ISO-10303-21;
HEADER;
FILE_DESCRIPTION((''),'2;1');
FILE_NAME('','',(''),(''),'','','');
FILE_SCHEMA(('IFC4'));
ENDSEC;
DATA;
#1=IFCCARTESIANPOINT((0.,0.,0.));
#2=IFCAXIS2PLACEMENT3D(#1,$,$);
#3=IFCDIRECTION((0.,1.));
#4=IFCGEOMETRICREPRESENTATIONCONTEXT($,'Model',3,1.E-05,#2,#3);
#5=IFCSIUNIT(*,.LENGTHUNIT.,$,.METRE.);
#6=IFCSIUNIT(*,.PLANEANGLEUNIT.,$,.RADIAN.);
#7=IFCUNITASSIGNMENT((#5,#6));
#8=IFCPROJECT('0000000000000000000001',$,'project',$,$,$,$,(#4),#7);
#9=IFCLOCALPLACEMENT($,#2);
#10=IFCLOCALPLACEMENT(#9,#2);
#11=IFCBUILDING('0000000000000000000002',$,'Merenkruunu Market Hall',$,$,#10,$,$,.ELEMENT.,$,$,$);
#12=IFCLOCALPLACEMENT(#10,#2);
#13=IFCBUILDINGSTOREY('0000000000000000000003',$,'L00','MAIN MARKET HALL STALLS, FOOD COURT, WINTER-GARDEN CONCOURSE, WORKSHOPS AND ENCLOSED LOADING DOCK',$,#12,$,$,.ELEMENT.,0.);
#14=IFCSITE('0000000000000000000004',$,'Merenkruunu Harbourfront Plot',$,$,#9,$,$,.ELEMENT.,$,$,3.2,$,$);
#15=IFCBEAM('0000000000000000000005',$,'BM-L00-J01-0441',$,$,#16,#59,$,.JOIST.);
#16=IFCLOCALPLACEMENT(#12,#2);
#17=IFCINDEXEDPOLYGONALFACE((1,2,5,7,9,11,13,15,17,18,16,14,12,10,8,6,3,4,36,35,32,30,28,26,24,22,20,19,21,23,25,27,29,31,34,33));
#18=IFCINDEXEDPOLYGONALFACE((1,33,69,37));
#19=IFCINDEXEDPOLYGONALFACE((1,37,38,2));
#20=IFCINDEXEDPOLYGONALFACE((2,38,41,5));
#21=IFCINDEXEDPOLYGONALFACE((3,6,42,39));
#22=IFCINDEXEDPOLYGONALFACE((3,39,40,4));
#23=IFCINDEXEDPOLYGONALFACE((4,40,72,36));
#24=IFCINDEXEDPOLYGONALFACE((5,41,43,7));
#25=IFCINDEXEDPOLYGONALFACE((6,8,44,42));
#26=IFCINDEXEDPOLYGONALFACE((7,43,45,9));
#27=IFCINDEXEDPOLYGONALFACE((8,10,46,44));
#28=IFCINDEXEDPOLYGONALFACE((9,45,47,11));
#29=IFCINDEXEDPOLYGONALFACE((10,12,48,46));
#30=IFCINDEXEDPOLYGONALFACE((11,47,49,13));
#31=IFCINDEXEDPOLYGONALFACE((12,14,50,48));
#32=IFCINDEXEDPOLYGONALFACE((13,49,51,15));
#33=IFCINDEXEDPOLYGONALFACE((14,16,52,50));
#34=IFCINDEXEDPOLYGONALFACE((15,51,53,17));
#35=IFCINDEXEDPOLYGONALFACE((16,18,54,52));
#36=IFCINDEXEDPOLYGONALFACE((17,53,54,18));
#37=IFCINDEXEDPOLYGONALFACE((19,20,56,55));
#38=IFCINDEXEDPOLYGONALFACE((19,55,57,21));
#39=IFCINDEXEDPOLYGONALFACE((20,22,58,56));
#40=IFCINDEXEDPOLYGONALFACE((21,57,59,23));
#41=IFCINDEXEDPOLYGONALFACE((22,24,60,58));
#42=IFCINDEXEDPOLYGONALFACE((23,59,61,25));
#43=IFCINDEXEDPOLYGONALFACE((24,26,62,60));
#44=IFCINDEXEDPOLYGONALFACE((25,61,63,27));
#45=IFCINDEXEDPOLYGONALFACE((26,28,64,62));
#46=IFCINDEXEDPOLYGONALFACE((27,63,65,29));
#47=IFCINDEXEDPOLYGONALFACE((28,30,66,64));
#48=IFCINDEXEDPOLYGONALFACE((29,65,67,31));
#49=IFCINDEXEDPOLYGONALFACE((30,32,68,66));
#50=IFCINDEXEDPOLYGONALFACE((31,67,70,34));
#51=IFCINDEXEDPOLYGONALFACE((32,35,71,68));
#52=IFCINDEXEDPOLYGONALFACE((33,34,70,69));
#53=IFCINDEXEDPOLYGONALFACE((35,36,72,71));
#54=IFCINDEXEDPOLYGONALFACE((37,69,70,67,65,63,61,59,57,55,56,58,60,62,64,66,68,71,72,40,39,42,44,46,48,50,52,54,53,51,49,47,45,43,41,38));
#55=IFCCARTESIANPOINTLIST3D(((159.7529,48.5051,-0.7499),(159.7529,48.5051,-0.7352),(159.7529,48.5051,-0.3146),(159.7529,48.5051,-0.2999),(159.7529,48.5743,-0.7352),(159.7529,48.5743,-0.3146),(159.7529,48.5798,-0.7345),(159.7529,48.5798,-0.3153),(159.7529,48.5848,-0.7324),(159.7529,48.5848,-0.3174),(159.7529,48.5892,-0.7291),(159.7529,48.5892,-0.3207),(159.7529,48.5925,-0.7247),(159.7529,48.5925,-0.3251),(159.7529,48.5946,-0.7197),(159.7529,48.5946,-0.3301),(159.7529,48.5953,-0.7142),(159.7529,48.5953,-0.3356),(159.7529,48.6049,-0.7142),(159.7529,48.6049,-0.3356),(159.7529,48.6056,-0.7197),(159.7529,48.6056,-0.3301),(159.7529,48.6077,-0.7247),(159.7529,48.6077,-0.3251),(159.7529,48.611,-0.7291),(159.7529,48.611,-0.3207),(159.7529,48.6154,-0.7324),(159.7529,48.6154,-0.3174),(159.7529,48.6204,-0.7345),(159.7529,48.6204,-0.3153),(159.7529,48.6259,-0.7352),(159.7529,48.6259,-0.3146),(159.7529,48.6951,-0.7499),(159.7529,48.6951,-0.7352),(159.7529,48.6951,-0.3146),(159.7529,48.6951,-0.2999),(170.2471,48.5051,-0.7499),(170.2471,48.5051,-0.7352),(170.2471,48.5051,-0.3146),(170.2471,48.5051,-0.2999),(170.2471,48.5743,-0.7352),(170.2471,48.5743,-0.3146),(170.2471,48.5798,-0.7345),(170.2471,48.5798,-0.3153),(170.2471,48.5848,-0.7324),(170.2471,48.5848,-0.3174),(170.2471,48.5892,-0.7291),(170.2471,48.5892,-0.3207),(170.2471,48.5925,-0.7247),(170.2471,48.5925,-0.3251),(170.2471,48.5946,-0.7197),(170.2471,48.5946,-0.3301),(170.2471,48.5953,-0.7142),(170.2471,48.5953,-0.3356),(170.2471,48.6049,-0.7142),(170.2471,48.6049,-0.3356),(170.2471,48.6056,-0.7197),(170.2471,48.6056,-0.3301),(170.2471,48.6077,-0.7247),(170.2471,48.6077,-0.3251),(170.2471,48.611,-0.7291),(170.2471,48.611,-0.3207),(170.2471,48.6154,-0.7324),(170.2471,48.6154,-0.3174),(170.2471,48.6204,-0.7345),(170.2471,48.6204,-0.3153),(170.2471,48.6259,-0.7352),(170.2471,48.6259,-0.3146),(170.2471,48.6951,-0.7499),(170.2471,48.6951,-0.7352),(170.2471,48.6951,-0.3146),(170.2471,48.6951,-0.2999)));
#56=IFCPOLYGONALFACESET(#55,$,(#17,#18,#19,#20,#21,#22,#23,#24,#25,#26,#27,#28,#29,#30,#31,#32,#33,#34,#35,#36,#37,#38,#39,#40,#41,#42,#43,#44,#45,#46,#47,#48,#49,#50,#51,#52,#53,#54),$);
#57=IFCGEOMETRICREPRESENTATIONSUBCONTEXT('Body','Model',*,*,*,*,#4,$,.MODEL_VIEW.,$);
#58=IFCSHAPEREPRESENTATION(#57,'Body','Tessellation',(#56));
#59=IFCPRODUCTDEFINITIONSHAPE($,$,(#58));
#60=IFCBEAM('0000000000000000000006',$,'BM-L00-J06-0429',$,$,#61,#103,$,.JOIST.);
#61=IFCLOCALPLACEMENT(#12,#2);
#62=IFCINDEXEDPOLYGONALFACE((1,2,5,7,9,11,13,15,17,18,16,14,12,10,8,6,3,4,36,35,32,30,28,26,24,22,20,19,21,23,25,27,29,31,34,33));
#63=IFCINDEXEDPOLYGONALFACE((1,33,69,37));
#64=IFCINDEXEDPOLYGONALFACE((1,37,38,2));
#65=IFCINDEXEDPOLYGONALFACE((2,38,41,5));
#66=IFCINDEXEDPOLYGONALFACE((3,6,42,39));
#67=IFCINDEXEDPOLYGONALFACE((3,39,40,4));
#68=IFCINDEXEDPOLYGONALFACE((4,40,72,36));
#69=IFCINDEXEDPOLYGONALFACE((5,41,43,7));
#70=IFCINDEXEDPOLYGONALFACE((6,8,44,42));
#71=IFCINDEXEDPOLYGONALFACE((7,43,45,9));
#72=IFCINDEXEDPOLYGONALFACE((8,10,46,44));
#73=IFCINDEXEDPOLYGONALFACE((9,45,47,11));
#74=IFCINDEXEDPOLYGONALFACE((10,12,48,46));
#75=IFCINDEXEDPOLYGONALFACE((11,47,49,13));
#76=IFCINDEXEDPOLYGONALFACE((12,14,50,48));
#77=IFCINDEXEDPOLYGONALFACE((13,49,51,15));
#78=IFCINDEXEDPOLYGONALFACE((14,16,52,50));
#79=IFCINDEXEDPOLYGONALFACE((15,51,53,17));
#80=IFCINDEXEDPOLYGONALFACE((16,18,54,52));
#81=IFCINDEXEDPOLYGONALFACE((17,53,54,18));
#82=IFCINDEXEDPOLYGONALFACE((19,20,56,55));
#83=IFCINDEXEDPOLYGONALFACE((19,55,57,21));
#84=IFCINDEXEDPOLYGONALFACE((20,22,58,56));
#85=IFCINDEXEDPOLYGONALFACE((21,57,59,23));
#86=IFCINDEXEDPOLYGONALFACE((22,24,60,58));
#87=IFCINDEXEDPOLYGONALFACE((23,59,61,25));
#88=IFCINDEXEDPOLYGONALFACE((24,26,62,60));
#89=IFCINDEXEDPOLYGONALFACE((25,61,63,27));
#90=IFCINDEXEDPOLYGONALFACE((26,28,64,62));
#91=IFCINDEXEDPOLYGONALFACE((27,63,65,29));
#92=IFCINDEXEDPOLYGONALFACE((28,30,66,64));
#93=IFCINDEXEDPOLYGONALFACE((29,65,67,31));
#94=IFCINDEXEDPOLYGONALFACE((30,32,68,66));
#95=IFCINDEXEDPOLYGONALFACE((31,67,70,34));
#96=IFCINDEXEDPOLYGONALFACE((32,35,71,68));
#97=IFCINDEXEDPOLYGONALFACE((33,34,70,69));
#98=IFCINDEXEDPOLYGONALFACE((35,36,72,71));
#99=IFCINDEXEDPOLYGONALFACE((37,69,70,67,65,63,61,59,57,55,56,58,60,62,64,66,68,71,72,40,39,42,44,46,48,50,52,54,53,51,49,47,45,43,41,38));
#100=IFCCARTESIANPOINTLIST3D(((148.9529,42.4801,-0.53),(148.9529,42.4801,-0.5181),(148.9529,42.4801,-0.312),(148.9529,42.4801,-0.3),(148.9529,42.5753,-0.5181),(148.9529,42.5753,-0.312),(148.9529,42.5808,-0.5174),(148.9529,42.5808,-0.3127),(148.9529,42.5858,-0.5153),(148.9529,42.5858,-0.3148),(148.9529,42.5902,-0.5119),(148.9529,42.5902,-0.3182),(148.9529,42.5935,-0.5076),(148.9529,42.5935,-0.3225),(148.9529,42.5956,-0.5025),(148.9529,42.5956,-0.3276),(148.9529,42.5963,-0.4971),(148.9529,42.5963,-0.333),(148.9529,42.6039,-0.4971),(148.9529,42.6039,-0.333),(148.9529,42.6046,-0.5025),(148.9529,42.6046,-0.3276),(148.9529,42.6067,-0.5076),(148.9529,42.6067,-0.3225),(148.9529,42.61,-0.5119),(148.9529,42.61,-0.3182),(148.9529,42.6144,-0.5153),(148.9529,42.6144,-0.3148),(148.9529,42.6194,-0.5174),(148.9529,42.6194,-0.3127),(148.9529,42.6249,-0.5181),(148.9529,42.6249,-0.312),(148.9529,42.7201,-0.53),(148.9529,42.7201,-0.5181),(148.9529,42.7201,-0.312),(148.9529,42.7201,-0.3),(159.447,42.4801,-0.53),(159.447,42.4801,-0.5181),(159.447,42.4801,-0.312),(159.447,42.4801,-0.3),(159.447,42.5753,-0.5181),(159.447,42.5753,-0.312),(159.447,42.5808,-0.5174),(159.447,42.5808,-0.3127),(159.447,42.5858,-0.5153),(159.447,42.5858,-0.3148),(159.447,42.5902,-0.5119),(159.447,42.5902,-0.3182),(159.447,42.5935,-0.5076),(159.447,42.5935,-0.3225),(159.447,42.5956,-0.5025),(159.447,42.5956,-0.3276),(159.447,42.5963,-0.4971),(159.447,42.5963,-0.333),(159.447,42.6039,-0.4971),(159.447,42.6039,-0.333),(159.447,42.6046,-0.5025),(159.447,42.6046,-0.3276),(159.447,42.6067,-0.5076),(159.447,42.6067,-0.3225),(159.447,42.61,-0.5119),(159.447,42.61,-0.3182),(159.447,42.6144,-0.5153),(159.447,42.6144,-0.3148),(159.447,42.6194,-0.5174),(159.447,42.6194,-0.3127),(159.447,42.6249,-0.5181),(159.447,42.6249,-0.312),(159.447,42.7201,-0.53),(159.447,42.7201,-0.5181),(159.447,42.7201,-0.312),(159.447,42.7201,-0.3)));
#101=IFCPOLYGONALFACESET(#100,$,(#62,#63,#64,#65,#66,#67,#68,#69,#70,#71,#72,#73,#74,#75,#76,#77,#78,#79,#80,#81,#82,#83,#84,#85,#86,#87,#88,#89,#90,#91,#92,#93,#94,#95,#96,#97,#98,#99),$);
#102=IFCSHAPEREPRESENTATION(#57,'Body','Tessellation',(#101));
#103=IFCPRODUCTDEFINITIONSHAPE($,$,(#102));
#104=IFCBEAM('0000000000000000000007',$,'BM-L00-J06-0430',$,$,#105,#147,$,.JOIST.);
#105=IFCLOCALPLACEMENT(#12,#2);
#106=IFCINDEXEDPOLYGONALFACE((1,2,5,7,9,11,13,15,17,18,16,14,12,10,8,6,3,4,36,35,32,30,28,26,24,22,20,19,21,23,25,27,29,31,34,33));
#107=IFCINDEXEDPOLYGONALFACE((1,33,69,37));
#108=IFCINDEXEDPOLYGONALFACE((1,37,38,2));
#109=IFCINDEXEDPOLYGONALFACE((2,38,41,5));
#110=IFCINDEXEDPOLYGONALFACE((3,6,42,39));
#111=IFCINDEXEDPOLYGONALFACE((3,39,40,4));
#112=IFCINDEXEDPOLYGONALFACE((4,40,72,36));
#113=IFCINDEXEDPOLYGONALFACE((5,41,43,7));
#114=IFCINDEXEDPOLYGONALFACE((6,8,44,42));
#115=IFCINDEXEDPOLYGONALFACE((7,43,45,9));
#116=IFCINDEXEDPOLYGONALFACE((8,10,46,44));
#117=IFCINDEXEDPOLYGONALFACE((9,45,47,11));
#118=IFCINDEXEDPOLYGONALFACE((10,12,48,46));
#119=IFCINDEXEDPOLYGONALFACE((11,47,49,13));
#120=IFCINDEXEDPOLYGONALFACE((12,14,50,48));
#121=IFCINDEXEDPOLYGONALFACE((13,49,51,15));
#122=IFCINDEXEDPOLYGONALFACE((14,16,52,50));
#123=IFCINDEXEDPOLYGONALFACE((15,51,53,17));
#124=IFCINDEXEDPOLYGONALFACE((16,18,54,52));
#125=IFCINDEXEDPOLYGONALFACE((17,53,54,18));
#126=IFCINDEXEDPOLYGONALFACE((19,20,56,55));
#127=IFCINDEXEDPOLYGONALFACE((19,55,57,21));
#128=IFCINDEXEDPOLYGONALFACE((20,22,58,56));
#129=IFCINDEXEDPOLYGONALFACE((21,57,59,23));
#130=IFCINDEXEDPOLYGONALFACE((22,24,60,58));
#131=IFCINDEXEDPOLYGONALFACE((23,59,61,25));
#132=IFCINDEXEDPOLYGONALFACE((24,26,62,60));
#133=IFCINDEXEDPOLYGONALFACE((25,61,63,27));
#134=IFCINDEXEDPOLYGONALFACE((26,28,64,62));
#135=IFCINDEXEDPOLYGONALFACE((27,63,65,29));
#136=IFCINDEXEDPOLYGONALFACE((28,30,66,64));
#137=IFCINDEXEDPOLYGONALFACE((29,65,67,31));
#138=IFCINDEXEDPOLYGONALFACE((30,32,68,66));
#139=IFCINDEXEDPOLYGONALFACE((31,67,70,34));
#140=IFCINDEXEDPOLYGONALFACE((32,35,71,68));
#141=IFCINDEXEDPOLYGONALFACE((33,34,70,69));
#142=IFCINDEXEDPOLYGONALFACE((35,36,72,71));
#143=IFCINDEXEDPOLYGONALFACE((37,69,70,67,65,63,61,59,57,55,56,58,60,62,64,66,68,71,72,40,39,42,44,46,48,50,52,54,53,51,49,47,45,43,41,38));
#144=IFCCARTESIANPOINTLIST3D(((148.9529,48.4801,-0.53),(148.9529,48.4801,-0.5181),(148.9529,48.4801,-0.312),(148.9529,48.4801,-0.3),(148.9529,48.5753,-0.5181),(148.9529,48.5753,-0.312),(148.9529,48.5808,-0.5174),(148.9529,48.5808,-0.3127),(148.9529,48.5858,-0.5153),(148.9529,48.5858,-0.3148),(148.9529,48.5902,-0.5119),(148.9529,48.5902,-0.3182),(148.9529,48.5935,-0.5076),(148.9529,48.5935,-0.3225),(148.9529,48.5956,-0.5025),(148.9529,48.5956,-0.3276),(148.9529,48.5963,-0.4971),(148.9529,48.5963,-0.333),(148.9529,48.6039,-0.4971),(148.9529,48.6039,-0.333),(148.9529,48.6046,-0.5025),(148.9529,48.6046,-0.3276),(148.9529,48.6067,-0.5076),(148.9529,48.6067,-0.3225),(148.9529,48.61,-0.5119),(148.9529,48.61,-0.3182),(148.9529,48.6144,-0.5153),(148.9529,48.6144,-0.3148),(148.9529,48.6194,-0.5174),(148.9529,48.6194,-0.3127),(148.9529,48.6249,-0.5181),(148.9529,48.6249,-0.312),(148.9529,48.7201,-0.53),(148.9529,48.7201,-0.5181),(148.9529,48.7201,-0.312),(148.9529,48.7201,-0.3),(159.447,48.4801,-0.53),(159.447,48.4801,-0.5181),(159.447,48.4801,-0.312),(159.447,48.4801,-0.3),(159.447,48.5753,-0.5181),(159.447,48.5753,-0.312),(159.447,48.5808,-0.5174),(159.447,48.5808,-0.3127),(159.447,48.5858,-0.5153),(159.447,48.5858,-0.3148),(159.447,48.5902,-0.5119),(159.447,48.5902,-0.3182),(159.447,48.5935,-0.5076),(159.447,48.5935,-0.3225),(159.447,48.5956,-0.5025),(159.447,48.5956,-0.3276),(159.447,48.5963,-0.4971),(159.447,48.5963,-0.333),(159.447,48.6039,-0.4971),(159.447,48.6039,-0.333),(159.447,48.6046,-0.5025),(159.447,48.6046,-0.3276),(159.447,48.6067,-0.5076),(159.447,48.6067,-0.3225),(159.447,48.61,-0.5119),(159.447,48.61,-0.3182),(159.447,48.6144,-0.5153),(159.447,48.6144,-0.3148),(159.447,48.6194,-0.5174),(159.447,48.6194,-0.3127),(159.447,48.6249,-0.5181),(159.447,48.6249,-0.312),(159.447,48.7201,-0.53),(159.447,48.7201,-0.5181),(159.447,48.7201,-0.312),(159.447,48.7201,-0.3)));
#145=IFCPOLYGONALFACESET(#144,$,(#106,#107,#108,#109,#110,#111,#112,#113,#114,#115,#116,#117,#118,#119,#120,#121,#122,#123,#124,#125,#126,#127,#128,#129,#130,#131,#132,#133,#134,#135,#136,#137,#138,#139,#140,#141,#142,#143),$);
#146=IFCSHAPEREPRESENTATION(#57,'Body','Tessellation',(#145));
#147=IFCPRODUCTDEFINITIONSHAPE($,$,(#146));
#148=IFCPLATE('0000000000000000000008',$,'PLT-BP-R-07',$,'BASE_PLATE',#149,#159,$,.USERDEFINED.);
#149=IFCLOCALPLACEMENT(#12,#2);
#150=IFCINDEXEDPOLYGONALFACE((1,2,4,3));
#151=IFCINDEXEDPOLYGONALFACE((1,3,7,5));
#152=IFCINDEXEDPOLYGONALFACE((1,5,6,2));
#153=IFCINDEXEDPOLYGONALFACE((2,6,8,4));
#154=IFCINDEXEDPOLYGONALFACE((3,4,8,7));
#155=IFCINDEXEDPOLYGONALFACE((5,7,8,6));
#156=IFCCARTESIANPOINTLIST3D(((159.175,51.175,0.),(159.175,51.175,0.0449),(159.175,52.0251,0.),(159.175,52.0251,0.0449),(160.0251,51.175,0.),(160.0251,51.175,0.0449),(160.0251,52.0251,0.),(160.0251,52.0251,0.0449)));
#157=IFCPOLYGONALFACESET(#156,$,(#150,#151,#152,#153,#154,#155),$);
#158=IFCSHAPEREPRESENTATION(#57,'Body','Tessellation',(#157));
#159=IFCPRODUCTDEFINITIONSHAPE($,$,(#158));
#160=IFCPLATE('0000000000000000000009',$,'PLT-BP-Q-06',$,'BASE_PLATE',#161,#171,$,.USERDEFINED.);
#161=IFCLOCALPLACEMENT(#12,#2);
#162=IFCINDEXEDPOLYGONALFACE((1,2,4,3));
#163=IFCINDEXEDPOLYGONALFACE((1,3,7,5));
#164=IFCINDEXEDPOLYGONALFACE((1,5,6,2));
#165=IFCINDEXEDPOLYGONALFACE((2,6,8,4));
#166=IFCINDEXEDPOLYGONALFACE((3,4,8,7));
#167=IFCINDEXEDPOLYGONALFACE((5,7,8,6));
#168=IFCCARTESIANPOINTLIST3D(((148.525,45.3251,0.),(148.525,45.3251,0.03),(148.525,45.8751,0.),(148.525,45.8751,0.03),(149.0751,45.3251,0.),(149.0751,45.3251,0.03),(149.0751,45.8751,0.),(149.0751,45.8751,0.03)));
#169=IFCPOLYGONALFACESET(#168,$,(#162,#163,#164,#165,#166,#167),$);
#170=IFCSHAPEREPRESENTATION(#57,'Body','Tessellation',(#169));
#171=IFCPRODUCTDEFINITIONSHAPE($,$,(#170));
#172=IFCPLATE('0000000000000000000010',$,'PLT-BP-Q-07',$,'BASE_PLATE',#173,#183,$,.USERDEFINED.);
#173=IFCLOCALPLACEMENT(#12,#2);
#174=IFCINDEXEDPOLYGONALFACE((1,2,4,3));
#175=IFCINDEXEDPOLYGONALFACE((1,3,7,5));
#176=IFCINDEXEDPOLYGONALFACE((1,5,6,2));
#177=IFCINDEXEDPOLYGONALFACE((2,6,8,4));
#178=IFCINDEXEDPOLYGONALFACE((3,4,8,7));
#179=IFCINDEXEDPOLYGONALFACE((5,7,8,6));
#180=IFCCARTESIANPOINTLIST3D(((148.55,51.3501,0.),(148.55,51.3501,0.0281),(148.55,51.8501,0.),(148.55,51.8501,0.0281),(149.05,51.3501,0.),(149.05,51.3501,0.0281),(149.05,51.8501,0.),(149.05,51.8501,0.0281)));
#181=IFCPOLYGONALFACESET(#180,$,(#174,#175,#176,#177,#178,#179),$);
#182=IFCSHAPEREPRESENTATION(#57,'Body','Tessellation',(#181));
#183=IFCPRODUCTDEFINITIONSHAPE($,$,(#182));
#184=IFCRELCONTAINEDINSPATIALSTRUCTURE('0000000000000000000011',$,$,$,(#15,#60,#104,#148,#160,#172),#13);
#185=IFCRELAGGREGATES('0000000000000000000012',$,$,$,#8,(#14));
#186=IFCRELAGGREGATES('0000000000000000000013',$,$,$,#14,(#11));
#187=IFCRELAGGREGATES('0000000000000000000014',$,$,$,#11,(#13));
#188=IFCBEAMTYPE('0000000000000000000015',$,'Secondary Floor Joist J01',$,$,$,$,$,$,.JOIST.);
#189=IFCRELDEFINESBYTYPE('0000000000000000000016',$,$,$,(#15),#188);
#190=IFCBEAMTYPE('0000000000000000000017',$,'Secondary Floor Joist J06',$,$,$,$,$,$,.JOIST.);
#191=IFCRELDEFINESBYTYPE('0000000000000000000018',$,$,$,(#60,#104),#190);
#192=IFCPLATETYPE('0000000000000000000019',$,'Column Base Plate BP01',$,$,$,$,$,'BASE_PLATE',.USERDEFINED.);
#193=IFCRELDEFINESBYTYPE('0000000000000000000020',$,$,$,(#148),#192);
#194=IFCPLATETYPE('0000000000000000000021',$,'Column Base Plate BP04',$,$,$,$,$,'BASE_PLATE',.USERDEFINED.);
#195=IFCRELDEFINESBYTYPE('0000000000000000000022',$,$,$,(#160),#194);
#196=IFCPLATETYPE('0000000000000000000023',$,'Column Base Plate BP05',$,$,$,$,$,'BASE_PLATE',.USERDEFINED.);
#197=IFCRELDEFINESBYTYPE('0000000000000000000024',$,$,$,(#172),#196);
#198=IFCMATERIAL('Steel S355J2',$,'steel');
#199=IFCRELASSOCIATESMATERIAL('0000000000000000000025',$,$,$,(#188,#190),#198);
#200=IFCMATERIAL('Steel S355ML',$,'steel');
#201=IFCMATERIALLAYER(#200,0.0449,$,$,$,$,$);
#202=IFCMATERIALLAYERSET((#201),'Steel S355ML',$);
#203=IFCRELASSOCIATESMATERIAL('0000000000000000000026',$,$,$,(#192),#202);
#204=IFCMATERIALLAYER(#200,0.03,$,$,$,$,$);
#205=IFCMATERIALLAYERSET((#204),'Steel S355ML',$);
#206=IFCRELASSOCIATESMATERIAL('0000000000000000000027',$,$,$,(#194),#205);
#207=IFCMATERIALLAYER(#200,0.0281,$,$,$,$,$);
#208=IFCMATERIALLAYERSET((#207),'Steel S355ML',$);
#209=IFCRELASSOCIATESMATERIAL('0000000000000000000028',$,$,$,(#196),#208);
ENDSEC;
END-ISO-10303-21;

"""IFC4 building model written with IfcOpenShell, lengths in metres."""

from ifc_helpers import new_model, si_unit, direction, frame, origin, origin_2d, place, context, subcontext, project, spatial, rectangle, i_section, extrude, material, layer, layer_set, material_profile, profile_set, type_object, element, save


model = new_model("IFC4")

# Units and contexts
model_context = context("Model", 3, precision=1e-05, world=origin(), true_north=direction((0.0, 1.0)))
body_context = subcontext(model_context, "Body", "Model", "MODEL_VIEW")
ifc_project = project(units=[si_unit("LENGTHUNIT", "METRE"), si_unit("PLANEANGLEUNIT", "RADIAN")], contexts=[model_context])

# Site, building, storey
site_placement = place(None, origin())
site = spatial("IfcSite", under=ifc_project, at=site_placement, Name="Merenkruunu Harbourfront Plot", CompositionType="ELEMENT", RefElevation=3.2)
building_placement = place(site_placement, origin())
building = spatial("IfcBuilding", under=site, at=building_placement, Name="Merenkruunu Market Hall", CompositionType="ELEMENT")
storey_placement = place(building_placement, origin())
storey = spatial("IfcBuildingStorey", under=building, at=storey_placement, Name="L00", Description="MAIN MARKET HALL STALLS, FOOD COURT, WINTER-GARDEN CONCOURSE, WORKSHOPS AND ENCLOSED LOADING DOCK", CompositionType="ELEMENT", Elevation=0.0)

# Shared definitions
ifc_material_1 = material(Name="Steel S355J2", Category="steel")

# Beams
ifc_material_profile_1 = material_profile(ifc_material_1, i_section(OverallWidth=0.1899, OverallDepth=0.45, WebThickness=0.0095, FlangeThickness=0.0146, FilletRadius=0.021, at=origin_2d()), Name="IPE 450")
ifc_profile_set_1 = profile_set([ifc_material_profile_1], Name="Steel S355J2")
beam_type_1 = type_object("IfcBeamType", Name="Secondary Floor Joist J01", PredefinedType="JOIST", material=ifc_profile_set_1)
for number, where, z_axis, x_axis, name in (
    (1, (159.7529, 48.6001, -0.5249), (1.0, 0.0, 0.0), (0.0, 1.0, 0.0), "BM-L00-J01-0441"),
):
    element("IfcBeam", number, at=place(storey_placement, frame(where, z_axis=z_axis, x_axis=x_axis)), inside=storey, type_object=beam_type_1, Name=name, PredefinedType="JOIST", context=body_context, shape_type="SweptSolid", body=[
        extrude(i_section(OverallWidth=0.1899, OverallDepth=0.45, WebThickness=0.0095, FlangeThickness=0.0146, FilletRadius=0.021, at=origin_2d()), origin(), (0.0, 0.0, 1.0), 10.4941),
    ])
ifc_material_profile_2 = material_profile(ifc_material_1, i_section(OverallWidth=0.24, OverallDepth=0.23, WebThickness=0.0076, FlangeThickness=0.012, FilletRadius=0.021, at=origin_2d()), Name="HEA 240")
ifc_profile_set_2 = profile_set([ifc_material_profile_2], Name="Steel S355J2")
beam_type_2 = type_object("IfcBeamType", Name="Secondary Floor Joist J06", PredefinedType="JOIST", material=ifc_profile_set_2)
for number, where, z_axis, x_axis, name in (
    (2, (148.9529, 42.6001, -0.415), (1.0, 0.0, 0.0), (0.0, 1.0, 0.0), "BM-L00-J06-0429"),
    (3, (148.9529, 48.6001, -0.415), (1.0, 0.0, 0.0), (0.0, 1.0, 0.0), "BM-L00-J06-0430"),
):
    element("IfcBeam", number, at=place(storey_placement, frame(where, z_axis=z_axis, x_axis=x_axis)), inside=storey, type_object=beam_type_2, Name=name, PredefinedType="JOIST", context=body_context, shape_type="SweptSolid", body=[
        extrude(i_section(OverallWidth=0.24, OverallDepth=0.23, WebThickness=0.0076, FlangeThickness=0.012, FilletRadius=0.021, at=origin_2d()), origin(), (0.0, 0.0, 1.0), 10.4941),
    ])

# Plates
ifc_material_2 = material(Name="Steel S355ML", Category="steel")
ifc_layer_1 = layer(ifc_material_2, 0.0449)
ifc_layer_set_1 = layer_set([ifc_layer_1], Name="Steel S355ML")
plate_type_1 = type_object("IfcPlateType", Name="Column Base Plate BP01", ElementType="BASE_PLATE", PredefinedType="USERDEFINED", material=ifc_layer_set_1)
plate_1_placement = place(storey_placement, frame((159.6001, 51.6001, 0.0), z_axis=(0.0, 0.0, 1.0), x_axis=(1.0, 0.0, 0.0)))
element("IfcPlate", 4, at=plate_1_placement, inside=storey, type_object=plate_type_1, Name="PLT-BP-R-07", ObjectType="BASE_PLATE", PredefinedType="USERDEFINED", context=body_context, shape_type="SweptSolid", body=[
    extrude(rectangle(XDim=0.8501, YDim=0.8501, at=origin_2d()), origin(), (0.0, 0.0, 1.0), 0.0449),
])
ifc_layer_2 = layer(ifc_material_2, 0.03)
ifc_layer_set_2 = layer_set([ifc_layer_2], Name="Steel S355ML")
plate_type_2 = type_object("IfcPlateType", Name="Column Base Plate BP04", ElementType="BASE_PLATE", PredefinedType="USERDEFINED", material=ifc_layer_set_2)
plate_2_placement = place(storey_placement, frame((148.8, 45.6001, 0.0), z_axis=(0.0, 0.0, 1.0), x_axis=(1.0, 0.0, 0.0)))
element("IfcPlate", 5, at=plate_2_placement, inside=storey, type_object=plate_type_2, Name="PLT-BP-Q-06", ObjectType="BASE_PLATE", PredefinedType="USERDEFINED", context=body_context, shape_type="SweptSolid", body=[
    extrude(rectangle(XDim=0.55, YDim=0.55, at=origin_2d()), origin(), (0.0, 0.0, 1.0), 0.03),
])
ifc_layer_3 = layer(ifc_material_2, 0.0281)
ifc_layer_set_3 = layer_set([ifc_layer_3], Name="Steel S355ML")
plate_type_3 = type_object("IfcPlateType", Name="Column Base Plate BP05", ElementType="BASE_PLATE", PredefinedType="USERDEFINED", material=ifc_layer_set_3)
plate_3_placement = place(storey_placement, frame((148.8, 51.6001, 0.0), z_axis=(0.0, 0.0, 1.0), x_axis=(1.0, 0.0, 0.0)))
element("IfcPlate", 6, at=plate_3_placement, inside=storey, type_object=plate_type_3, Name="PLT-BP-Q-07", ObjectType="BASE_PLATE", PredefinedType="USERDEFINED", context=body_context, shape_type="SweptSolid", body=[
    extrude(rectangle(XDim=0.5, YDim=0.5, at=origin_2d()), origin(), (0.0, 0.0, 1.0), 0.0281),
])

save(model, "model.ifc")
